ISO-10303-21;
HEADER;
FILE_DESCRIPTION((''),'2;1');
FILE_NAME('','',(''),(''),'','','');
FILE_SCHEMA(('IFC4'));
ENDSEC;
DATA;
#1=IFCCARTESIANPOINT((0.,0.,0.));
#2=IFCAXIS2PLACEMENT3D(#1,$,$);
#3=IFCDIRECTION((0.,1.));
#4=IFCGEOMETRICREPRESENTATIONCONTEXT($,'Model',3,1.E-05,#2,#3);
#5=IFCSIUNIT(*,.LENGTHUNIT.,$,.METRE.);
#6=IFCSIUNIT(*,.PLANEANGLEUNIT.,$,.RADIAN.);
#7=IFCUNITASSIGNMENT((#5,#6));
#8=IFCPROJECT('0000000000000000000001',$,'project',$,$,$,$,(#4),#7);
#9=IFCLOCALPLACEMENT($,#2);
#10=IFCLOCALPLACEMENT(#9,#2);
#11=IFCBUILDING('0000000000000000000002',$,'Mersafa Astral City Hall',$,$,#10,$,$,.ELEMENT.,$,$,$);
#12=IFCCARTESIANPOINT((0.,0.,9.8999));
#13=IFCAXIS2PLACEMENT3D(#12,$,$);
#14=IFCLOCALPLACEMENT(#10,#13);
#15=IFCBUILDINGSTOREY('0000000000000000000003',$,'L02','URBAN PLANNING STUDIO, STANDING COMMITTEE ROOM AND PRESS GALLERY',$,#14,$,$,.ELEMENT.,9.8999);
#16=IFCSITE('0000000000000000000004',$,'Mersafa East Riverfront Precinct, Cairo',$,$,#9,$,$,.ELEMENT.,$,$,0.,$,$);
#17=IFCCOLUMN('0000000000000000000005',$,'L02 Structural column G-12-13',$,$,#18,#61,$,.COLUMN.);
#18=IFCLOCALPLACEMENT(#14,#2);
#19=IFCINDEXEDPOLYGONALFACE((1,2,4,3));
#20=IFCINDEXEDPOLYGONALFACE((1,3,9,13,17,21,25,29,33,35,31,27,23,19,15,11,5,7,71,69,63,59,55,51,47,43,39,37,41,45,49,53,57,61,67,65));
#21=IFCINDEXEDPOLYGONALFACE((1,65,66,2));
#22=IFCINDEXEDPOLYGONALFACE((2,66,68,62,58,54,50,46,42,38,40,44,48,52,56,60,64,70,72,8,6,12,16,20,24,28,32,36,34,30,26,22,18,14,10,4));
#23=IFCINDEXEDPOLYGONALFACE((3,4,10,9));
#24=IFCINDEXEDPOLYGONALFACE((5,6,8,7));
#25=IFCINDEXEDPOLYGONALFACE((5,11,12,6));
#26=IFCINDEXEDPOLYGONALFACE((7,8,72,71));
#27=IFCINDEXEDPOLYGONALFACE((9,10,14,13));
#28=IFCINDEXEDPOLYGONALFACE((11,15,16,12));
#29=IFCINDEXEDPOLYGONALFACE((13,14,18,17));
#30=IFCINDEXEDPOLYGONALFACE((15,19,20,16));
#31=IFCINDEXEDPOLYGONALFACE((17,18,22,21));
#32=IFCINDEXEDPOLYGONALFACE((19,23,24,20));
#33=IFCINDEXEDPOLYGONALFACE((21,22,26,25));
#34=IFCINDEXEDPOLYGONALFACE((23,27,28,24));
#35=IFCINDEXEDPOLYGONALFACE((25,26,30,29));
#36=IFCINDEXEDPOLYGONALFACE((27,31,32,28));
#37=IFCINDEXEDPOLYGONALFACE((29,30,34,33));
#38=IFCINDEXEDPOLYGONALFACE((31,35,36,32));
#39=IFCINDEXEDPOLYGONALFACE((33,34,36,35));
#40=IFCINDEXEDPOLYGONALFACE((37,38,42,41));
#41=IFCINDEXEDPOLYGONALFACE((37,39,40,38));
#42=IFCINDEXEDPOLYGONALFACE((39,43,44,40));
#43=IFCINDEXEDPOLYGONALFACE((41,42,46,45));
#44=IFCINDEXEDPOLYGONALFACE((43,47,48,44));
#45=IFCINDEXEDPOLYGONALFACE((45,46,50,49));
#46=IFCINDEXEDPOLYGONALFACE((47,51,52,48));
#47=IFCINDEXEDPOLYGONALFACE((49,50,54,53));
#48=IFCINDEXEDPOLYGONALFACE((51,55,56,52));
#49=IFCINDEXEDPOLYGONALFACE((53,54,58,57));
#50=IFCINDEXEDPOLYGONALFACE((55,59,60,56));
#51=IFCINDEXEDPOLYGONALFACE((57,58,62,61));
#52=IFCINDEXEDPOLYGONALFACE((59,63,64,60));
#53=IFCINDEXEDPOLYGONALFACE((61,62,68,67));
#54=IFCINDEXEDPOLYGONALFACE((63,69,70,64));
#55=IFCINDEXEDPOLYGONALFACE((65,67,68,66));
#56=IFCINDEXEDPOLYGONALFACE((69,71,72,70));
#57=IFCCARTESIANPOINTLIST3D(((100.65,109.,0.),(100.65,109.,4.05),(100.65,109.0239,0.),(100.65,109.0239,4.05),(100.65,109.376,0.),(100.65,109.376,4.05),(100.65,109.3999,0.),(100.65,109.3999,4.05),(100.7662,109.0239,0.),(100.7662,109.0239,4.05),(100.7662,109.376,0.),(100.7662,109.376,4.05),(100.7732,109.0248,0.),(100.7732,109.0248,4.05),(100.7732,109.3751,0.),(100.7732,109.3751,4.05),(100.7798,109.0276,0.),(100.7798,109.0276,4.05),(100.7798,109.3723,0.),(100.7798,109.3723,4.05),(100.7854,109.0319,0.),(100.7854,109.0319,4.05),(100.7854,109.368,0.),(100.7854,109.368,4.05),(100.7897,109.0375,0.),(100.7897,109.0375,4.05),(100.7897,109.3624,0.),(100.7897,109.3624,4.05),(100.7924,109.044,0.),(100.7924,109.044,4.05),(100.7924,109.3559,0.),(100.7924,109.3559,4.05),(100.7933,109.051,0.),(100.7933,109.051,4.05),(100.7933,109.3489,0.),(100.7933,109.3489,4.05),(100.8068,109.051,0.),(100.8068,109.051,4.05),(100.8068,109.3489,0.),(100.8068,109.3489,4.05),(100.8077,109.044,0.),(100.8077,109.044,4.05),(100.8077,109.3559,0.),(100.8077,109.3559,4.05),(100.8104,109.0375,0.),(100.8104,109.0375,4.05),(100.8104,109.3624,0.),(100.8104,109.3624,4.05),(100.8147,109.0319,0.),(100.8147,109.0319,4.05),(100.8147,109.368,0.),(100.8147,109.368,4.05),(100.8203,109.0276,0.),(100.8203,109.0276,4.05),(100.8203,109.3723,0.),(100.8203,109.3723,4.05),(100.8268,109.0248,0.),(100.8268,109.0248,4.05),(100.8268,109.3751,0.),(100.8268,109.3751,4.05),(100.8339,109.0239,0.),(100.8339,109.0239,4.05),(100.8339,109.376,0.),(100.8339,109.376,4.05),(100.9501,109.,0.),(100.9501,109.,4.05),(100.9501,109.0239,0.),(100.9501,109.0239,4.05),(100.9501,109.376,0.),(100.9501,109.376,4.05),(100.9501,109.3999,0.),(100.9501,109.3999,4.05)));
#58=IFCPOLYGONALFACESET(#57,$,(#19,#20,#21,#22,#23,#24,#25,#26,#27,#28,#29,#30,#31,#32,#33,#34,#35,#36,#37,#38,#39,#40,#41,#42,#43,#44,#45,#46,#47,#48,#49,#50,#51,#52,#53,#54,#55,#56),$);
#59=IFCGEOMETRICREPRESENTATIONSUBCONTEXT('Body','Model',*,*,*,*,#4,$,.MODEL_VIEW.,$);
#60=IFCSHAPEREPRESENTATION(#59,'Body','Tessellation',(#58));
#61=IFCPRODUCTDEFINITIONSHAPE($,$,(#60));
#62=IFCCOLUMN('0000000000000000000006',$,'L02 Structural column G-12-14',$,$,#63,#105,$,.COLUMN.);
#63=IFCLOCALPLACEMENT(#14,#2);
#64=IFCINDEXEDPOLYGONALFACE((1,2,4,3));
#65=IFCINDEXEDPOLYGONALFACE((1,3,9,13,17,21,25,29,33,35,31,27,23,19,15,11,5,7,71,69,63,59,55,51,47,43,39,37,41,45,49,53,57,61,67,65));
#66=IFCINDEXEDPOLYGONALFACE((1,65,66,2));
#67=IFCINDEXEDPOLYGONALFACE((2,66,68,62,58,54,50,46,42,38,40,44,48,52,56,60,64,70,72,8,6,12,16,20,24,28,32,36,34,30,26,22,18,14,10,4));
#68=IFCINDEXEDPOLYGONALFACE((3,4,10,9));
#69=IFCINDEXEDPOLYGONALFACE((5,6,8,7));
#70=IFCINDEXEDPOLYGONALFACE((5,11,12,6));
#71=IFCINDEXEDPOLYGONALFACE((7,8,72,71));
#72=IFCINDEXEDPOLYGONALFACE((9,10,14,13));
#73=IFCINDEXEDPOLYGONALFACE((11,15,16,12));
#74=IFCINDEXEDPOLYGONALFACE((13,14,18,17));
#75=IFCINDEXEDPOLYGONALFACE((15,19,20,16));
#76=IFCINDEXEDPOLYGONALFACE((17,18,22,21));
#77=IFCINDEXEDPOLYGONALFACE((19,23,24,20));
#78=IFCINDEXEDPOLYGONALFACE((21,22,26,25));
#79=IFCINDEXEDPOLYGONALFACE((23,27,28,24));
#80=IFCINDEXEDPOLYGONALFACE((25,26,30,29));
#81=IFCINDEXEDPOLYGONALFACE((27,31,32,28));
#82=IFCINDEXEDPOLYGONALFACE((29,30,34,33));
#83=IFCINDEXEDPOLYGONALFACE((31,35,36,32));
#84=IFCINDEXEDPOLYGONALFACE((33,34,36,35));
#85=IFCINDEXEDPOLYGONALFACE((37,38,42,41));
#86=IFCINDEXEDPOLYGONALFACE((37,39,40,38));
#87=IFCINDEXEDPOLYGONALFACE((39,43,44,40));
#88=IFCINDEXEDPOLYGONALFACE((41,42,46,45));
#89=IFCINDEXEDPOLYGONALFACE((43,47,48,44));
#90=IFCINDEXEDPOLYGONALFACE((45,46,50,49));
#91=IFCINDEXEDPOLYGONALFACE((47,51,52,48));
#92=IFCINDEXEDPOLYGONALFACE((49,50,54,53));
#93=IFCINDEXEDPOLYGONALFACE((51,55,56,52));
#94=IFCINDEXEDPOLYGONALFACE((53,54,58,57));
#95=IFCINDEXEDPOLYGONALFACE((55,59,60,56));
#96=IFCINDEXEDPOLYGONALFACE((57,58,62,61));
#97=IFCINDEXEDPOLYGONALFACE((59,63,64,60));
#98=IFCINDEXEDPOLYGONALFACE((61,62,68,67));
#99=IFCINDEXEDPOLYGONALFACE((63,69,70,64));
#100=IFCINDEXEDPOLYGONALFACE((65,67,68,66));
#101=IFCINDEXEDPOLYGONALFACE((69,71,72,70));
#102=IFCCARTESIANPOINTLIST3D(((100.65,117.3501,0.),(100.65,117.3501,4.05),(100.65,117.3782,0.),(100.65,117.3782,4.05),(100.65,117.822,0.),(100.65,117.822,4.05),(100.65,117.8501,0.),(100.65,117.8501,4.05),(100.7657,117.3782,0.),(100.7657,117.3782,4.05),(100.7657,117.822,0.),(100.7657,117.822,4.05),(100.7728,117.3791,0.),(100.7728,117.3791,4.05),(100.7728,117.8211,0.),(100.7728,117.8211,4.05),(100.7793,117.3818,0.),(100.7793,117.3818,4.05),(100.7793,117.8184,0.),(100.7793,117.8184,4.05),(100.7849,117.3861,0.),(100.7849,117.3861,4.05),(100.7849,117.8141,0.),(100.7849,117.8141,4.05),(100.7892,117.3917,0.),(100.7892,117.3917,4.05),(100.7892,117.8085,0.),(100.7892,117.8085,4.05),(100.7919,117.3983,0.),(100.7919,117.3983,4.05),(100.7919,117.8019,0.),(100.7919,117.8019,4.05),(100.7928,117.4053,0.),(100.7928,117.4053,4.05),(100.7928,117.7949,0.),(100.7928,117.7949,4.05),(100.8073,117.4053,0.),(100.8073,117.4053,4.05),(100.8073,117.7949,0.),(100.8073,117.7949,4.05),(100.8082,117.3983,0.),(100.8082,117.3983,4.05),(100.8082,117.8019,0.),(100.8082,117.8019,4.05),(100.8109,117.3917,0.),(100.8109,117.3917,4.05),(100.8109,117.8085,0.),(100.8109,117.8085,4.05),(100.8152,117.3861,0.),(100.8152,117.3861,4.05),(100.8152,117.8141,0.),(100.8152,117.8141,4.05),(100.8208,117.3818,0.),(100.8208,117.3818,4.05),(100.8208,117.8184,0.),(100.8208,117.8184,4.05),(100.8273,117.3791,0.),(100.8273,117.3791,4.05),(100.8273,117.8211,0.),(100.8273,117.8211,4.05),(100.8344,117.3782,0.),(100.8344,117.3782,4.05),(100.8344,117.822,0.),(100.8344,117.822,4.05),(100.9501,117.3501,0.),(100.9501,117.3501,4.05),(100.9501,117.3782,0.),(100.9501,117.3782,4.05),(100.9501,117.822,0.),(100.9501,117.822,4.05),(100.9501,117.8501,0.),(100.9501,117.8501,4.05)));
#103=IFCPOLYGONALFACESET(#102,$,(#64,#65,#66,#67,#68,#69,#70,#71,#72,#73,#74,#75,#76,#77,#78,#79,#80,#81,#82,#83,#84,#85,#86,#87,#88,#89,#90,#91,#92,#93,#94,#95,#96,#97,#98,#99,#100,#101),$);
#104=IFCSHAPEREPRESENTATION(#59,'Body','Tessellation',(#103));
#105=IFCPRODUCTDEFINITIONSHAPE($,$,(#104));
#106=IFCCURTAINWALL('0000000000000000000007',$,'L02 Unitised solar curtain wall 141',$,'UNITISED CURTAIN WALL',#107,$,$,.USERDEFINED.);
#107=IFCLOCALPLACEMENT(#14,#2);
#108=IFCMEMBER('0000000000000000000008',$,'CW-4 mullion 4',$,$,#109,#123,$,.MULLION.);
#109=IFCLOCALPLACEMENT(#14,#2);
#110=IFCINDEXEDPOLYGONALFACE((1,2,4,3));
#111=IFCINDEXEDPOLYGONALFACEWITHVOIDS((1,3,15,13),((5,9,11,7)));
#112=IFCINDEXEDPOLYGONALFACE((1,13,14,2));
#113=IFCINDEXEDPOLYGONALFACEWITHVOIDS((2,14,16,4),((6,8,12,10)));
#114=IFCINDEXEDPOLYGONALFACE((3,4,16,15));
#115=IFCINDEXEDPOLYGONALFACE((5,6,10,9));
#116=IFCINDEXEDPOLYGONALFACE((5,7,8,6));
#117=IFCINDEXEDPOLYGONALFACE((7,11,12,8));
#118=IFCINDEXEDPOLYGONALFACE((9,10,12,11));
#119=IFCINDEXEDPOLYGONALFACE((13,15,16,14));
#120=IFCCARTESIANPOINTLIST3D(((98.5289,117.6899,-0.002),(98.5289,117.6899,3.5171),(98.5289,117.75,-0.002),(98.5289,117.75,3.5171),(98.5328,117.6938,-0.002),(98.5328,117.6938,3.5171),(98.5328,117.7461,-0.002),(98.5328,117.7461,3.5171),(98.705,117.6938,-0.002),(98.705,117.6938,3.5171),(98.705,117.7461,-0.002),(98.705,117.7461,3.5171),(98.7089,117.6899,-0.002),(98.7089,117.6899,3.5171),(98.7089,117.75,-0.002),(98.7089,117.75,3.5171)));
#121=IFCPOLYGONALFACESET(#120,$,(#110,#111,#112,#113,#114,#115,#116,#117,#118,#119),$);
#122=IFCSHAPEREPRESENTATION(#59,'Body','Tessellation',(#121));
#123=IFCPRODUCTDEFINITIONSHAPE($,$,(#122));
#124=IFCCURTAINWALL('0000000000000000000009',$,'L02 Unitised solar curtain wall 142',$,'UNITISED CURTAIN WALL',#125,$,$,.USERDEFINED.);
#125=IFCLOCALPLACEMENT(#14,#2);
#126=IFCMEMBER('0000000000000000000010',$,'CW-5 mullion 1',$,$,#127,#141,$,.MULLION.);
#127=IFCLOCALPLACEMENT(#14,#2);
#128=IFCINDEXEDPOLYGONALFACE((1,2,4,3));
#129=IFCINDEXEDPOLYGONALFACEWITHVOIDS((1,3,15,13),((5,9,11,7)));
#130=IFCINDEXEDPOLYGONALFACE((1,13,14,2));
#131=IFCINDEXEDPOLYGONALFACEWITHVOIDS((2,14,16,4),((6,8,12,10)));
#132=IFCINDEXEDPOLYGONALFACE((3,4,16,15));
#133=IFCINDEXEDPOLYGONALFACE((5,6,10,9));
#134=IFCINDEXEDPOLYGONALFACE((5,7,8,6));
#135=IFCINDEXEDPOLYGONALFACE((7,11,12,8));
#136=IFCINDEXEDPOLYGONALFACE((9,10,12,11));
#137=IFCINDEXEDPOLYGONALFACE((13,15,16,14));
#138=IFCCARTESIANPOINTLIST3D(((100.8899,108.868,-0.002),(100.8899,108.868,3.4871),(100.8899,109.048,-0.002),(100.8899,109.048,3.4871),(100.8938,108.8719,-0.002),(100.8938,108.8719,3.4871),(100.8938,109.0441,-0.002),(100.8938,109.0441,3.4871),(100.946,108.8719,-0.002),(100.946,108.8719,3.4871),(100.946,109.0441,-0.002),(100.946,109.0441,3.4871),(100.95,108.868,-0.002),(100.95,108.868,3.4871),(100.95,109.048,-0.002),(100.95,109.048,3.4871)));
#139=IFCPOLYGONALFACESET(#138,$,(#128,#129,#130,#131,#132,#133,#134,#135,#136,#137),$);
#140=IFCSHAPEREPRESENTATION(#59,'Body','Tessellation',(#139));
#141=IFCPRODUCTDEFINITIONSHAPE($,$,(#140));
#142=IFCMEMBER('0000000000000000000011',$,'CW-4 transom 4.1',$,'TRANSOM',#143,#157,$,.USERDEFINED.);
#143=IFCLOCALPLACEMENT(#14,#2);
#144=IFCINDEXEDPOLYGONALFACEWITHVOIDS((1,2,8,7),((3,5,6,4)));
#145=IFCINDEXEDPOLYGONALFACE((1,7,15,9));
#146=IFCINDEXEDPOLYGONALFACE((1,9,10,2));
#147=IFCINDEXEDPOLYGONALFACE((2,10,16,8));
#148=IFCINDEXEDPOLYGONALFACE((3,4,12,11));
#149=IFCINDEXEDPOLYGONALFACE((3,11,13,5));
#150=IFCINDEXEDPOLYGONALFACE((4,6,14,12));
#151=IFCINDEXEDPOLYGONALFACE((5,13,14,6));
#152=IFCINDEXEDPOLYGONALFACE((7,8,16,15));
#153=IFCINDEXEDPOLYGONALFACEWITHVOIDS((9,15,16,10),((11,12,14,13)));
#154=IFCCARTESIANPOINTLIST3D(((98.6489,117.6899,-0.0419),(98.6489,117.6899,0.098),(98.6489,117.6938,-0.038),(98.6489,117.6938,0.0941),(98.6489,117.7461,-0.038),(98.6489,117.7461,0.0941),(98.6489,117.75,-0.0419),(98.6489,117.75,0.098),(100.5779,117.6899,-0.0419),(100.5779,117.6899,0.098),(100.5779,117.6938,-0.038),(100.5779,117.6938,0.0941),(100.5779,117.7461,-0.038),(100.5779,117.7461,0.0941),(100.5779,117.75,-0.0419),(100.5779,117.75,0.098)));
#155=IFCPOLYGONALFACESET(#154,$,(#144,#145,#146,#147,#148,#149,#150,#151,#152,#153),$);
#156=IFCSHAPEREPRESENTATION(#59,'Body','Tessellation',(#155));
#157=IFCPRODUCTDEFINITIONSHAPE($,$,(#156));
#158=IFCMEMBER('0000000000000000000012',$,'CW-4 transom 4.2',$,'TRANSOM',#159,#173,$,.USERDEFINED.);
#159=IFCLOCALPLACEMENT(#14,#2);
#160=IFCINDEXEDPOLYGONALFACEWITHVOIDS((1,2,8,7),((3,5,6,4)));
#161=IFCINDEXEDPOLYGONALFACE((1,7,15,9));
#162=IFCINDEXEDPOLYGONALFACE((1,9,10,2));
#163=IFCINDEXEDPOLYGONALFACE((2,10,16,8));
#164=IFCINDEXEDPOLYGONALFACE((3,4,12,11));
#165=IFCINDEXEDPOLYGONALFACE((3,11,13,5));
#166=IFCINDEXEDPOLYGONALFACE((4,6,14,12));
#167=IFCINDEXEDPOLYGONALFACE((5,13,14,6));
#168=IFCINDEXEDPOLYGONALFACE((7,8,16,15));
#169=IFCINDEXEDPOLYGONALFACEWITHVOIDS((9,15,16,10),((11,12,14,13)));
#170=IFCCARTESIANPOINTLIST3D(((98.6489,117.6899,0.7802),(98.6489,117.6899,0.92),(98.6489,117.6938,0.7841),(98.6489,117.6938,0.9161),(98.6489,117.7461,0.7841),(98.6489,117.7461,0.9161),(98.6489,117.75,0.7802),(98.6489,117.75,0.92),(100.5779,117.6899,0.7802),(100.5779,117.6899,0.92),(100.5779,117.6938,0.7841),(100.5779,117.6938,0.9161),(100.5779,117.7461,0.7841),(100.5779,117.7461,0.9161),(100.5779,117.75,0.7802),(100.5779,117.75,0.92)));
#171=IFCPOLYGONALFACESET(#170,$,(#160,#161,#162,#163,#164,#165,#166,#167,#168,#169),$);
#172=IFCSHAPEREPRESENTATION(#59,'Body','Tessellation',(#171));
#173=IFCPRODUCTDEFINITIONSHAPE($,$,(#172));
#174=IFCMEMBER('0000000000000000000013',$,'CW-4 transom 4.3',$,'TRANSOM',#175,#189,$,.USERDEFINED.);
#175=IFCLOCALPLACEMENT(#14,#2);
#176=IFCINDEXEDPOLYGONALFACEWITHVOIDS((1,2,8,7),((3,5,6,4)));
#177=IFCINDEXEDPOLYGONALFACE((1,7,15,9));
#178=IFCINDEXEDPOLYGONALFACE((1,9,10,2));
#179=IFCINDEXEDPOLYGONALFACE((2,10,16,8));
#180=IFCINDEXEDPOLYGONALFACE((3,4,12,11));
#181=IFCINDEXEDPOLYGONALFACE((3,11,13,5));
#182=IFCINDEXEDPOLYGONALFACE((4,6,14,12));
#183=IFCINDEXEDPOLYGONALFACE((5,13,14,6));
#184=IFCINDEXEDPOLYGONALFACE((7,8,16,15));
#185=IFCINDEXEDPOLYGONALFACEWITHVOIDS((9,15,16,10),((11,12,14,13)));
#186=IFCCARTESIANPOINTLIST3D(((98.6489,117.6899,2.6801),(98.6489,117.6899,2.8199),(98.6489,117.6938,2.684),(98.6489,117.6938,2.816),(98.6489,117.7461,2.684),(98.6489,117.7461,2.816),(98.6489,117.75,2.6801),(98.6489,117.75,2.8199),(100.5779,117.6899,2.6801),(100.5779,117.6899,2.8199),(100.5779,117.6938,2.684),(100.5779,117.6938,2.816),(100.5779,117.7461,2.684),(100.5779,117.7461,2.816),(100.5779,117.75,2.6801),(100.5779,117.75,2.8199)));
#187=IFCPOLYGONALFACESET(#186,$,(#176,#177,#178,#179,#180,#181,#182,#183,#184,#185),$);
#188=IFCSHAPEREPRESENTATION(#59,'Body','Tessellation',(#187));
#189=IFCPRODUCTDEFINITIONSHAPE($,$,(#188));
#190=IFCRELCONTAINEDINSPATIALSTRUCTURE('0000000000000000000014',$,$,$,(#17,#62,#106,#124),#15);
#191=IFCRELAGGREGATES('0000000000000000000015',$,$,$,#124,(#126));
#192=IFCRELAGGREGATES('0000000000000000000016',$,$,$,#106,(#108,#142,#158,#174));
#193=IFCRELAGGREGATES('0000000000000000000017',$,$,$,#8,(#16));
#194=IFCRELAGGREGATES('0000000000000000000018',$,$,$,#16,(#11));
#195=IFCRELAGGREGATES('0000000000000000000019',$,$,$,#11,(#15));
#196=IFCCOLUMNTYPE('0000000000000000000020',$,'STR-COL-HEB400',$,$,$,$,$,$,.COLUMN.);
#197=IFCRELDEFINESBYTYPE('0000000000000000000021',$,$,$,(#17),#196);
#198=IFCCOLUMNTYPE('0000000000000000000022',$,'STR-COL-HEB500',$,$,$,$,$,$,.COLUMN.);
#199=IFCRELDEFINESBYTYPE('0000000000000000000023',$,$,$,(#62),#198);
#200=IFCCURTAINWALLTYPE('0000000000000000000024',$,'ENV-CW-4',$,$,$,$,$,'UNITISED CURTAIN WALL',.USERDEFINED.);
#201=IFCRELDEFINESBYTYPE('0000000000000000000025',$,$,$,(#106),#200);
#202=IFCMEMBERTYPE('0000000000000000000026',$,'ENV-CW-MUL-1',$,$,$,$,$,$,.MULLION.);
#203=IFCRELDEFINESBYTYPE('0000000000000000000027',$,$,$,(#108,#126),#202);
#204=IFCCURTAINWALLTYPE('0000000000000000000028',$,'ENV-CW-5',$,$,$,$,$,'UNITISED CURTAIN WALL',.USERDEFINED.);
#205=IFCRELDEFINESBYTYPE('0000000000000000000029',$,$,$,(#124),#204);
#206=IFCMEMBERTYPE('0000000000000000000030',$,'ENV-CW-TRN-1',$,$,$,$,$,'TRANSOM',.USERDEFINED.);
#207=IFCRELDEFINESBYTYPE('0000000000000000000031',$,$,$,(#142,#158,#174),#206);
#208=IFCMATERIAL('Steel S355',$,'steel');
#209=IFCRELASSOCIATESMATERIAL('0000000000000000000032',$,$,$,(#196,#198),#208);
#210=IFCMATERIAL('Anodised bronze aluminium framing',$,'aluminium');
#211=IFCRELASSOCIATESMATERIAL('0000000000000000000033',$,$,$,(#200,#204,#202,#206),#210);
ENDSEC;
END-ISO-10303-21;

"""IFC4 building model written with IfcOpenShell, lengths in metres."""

from ifc_helpers import new_model, si_unit, direction, frame, origin, origin_2d, place, context, subcontext, project, spatial, hollow_rectangle, i_section, extrude, material, material_profile, profile_set, type_object, element, aggregate, save


model = new_model("IFC4")

# Units and contexts
model_context = context("Model", 3, precision=1e-05, world=origin(), true_north=direction((0.0, 1.0)))
body_context = subcontext(model_context, "Body", "Model", "MODEL_VIEW")
ifc_project = project(units=[si_unit("LENGTHUNIT", "METRE"), si_unit("PLANEANGLEUNIT", "RADIAN")], contexts=[model_context])

# Site, building, storey
site_placement = place(None, origin())
site = spatial("IfcSite", under=ifc_project, at=site_placement, Name="Mersafa East Riverfront Precinct, Cairo", CompositionType="ELEMENT", RefElevation=0.0)
building_placement = place(site_placement, origin())
building = spatial("IfcBuilding", under=site, at=building_placement, Name="Mersafa Astral City Hall", CompositionType="ELEMENT")
storey_placement = place(building_placement, frame((0.0, 0.0, 9.8999)))
storey = spatial("IfcBuildingStorey", under=building, at=storey_placement, Name="L02", Description="URBAN PLANNING STUDIO, STANDING COMMITTEE ROOM AND PRESS GALLERY", CompositionType="ELEMENT", Elevation=9.8999)

# Columns
ifc_material_1 = material(Name="Steel S355", Category="steel")
ifc_material_profile_1 = material_profile(ifc_material_1, i_section(OverallWidth=0.3, OverallDepth=0.3999, WebThickness=0.0134, FlangeThickness=0.0239, FilletRadius=0.0271, at=origin_2d()), Name="HEB 400")
ifc_profile_set_1 = profile_set([ifc_material_profile_1], Name="Steel S355")
column_type_1 = type_object("IfcColumnType", Name="STR-COL-HEB400", PredefinedType="COLUMN", material=ifc_profile_set_1)
column_1_placement = place(storey_placement, frame((100.8, 109.2, 0.0), z_axis=(0.0, 0.0, 1.0), x_axis=(1.0, 0.0, 0.0)))
element("IfcColumn", 1, at=column_1_placement, inside=storey, type_object=column_type_1, Name="L02 Structural column G-12-13", PredefinedType="COLUMN", context=body_context, shape_type="SweptSolid", body=[
    extrude(i_section(OverallWidth=0.3, OverallDepth=0.3999, WebThickness=0.0134, FlangeThickness=0.0239, FilletRadius=0.0271, at=origin_2d()), origin(), (0.0, 0.0, 1.0), 4.05),
])
ifc_material_profile_2 = material_profile(ifc_material_1, i_section(OverallWidth=0.3, OverallDepth=0.5, WebThickness=0.0144, FlangeThickness=0.0281, FilletRadius=0.0271, at=origin_2d()), Name="HEB 500")
ifc_profile_set_2 = profile_set([ifc_material_profile_2], Name="Steel S355")
column_type_2 = type_object("IfcColumnType", Name="STR-COL-HEB500", PredefinedType="COLUMN", material=ifc_profile_set_2)
column_2_placement = place(storey_placement, frame((100.8, 117.6001, 0.0), z_axis=(0.0, 0.0, 1.0), x_axis=(1.0, 0.0, 0.0)))
element("IfcColumn", 2, at=column_2_placement, inside=storey, type_object=column_type_2, Name="L02 Structural column G-12-14", PredefinedType="COLUMN", context=body_context, shape_type="SweptSolid", body=[
    extrude(i_section(OverallWidth=0.3, OverallDepth=0.5, WebThickness=0.0144, FlangeThickness=0.0281, FilletRadius=0.0271, at=origin_2d()), origin(), (0.0, 0.0, 1.0), 4.05),
])

# Curtain walls, members
ifc_material_2 = material(Name="Anodised bronze aluminium framing", Category="aluminium")
curtain_wall_type_1 = type_object("IfcCurtainWallType", Name="ENV-CW-4", ElementType="UNITISED CURTAIN WALL", PredefinedType="USERDEFINED", material=ifc_material_2)
curtain_wall_1_placement = place(storey_placement, origin())
curtain_wall_1 = element("IfcCurtainWall", 3, at=curtain_wall_1_placement, inside=storey, type_object=curtain_wall_type_1, Name="L02 Unitised solar curtain wall 141", ObjectType="UNITISED CURTAIN WALL", PredefinedType="USERDEFINED")
ifc_material_profile_3 = material_profile(ifc_material_2, hollow_rectangle(XDim=0.0601, YDim=0.1799, WallThickness=0.0039, at=origin_2d()), Name="RHS 60x180x4")
ifc_profile_set_3 = profile_set([ifc_material_profile_3], Name="Anodised bronze aluminium framing")
member_type_1 = type_object("IfcMemberType", Name="ENV-CW-MUL-1", PredefinedType="MULLION", material=ifc_profile_set_3)
member_1_placement = place(storey_placement, frame((98.6189, 117.72, -0.002), z_axis=(0.0, 0.0, 1.0), x_axis=(0.0, 1.0, 0.0)))
member_1 = element("IfcMember", 4, at=member_1_placement, type_object=member_type_1, Name="CW-4 mullion 4", PredefinedType="MULLION", context=body_context, shape_type="SweptSolid", body=[
    extrude(hollow_rectangle(XDim=0.0601, YDim=0.1799, WallThickness=0.0039, at=origin_2d()), origin(), (0.0, 0.0, 1.0), 3.519),
])
curtain_wall_type_2 = type_object("IfcCurtainWallType", Name="ENV-CW-5", ElementType="UNITISED CURTAIN WALL", PredefinedType="USERDEFINED", material=ifc_material_2)
curtain_wall_2_placement = place(storey_placement, origin())
curtain_wall_2 = element("IfcCurtainWall", 5, at=curtain_wall_2_placement, inside=storey, type_object=curtain_wall_type_2, Name="L02 Unitised solar curtain wall 142", ObjectType="UNITISED CURTAIN WALL", PredefinedType="USERDEFINED")
member_2_placement = place(storey_placement, frame((100.9199, 108.958, -0.002), z_axis=(0.0, 0.0, 1.0), x_axis=(1.0, 0.0, 0.0)))
member_2 = element("IfcMember", 6, at=member_2_placement, type_object=member_type_1, Name="CW-5 mullion 1", PredefinedType="MULLION", context=body_context, shape_type="SweptSolid", body=[
    extrude(hollow_rectangle(XDim=0.0601, YDim=0.1799, WallThickness=0.0039, at=origin_2d()), origin(), (0.0, 0.0, 1.0), 3.489),
])
aggregate(curtain_wall_2, [member_2])

# Members
ifc_material_profile_4 = material_profile(ifc_material_2, hollow_rectangle(XDim=0.0601, YDim=0.1399, WallThickness=0.0039, at=origin_2d()), Name="RHS 60x140x4")
ifc_profile_set_4 = profile_set([ifc_material_profile_4], Name="Anodised bronze aluminium framing")
member_type_2 = type_object("IfcMemberType", Name="ENV-CW-TRN-1", ElementType="TRANSOM", PredefinedType="USERDEFINED", material=ifc_profile_set_4)
member_3_placement = place(storey_placement, frame((98.6489, 117.72, 0.0281), z_axis=(1.0, 0.0, 0.0), x_axis=(0.0, 1.0, 0.0)))
member_3 = element("IfcMember", 7, at=member_3_placement, type_object=member_type_2, Name="CW-4 transom 4.1", ObjectType="TRANSOM", PredefinedType="USERDEFINED", context=body_context, shape_type="SweptSolid", body=[
    extrude(hollow_rectangle(XDim=0.0601, YDim=0.1399, WallThickness=0.0039, at=origin_2d()), origin(), (0.0, 0.0, 1.0), 1.929),
])
member_4_placement = place(storey_placement, frame((98.6489, 117.72, 0.8501), z_axis=(1.0, 0.0, 0.0), x_axis=(0.0, 1.0, 0.0)))
member_4 = element("IfcMember", 8, at=member_4_placement, type_object=member_type_2, Name="CW-4 transom 4.2", ObjectType="TRANSOM", PredefinedType="USERDEFINED", context=body_context, shape_type="SweptSolid", body=[
    extrude(hollow_rectangle(XDim=0.0601, YDim=0.1399, WallThickness=0.0039, at=origin_2d()), origin(), (0.0, 0.0, 1.0), 1.929),
])
member_5_placement = place(storey_placement, frame((98.6489, 117.72, 2.75), z_axis=(1.0, 0.0, 0.0), x_axis=(0.0, 1.0, 0.0)))
member_5 = element("IfcMember", 9, at=member_5_placement, type_object=member_type_2, Name="CW-4 transom 4.3", ObjectType="TRANSOM", PredefinedType="USERDEFINED", context=body_context, shape_type="SweptSolid", body=[
    extrude(hollow_rectangle(XDim=0.0601, YDim=0.1399, WallThickness=0.0039, at=origin_2d()), origin(), (0.0, 0.0, 1.0), 1.929),
])

aggregate(curtain_wall_1, [member_1, member_3, member_4, member_5])

save(model, "model.ifc")
